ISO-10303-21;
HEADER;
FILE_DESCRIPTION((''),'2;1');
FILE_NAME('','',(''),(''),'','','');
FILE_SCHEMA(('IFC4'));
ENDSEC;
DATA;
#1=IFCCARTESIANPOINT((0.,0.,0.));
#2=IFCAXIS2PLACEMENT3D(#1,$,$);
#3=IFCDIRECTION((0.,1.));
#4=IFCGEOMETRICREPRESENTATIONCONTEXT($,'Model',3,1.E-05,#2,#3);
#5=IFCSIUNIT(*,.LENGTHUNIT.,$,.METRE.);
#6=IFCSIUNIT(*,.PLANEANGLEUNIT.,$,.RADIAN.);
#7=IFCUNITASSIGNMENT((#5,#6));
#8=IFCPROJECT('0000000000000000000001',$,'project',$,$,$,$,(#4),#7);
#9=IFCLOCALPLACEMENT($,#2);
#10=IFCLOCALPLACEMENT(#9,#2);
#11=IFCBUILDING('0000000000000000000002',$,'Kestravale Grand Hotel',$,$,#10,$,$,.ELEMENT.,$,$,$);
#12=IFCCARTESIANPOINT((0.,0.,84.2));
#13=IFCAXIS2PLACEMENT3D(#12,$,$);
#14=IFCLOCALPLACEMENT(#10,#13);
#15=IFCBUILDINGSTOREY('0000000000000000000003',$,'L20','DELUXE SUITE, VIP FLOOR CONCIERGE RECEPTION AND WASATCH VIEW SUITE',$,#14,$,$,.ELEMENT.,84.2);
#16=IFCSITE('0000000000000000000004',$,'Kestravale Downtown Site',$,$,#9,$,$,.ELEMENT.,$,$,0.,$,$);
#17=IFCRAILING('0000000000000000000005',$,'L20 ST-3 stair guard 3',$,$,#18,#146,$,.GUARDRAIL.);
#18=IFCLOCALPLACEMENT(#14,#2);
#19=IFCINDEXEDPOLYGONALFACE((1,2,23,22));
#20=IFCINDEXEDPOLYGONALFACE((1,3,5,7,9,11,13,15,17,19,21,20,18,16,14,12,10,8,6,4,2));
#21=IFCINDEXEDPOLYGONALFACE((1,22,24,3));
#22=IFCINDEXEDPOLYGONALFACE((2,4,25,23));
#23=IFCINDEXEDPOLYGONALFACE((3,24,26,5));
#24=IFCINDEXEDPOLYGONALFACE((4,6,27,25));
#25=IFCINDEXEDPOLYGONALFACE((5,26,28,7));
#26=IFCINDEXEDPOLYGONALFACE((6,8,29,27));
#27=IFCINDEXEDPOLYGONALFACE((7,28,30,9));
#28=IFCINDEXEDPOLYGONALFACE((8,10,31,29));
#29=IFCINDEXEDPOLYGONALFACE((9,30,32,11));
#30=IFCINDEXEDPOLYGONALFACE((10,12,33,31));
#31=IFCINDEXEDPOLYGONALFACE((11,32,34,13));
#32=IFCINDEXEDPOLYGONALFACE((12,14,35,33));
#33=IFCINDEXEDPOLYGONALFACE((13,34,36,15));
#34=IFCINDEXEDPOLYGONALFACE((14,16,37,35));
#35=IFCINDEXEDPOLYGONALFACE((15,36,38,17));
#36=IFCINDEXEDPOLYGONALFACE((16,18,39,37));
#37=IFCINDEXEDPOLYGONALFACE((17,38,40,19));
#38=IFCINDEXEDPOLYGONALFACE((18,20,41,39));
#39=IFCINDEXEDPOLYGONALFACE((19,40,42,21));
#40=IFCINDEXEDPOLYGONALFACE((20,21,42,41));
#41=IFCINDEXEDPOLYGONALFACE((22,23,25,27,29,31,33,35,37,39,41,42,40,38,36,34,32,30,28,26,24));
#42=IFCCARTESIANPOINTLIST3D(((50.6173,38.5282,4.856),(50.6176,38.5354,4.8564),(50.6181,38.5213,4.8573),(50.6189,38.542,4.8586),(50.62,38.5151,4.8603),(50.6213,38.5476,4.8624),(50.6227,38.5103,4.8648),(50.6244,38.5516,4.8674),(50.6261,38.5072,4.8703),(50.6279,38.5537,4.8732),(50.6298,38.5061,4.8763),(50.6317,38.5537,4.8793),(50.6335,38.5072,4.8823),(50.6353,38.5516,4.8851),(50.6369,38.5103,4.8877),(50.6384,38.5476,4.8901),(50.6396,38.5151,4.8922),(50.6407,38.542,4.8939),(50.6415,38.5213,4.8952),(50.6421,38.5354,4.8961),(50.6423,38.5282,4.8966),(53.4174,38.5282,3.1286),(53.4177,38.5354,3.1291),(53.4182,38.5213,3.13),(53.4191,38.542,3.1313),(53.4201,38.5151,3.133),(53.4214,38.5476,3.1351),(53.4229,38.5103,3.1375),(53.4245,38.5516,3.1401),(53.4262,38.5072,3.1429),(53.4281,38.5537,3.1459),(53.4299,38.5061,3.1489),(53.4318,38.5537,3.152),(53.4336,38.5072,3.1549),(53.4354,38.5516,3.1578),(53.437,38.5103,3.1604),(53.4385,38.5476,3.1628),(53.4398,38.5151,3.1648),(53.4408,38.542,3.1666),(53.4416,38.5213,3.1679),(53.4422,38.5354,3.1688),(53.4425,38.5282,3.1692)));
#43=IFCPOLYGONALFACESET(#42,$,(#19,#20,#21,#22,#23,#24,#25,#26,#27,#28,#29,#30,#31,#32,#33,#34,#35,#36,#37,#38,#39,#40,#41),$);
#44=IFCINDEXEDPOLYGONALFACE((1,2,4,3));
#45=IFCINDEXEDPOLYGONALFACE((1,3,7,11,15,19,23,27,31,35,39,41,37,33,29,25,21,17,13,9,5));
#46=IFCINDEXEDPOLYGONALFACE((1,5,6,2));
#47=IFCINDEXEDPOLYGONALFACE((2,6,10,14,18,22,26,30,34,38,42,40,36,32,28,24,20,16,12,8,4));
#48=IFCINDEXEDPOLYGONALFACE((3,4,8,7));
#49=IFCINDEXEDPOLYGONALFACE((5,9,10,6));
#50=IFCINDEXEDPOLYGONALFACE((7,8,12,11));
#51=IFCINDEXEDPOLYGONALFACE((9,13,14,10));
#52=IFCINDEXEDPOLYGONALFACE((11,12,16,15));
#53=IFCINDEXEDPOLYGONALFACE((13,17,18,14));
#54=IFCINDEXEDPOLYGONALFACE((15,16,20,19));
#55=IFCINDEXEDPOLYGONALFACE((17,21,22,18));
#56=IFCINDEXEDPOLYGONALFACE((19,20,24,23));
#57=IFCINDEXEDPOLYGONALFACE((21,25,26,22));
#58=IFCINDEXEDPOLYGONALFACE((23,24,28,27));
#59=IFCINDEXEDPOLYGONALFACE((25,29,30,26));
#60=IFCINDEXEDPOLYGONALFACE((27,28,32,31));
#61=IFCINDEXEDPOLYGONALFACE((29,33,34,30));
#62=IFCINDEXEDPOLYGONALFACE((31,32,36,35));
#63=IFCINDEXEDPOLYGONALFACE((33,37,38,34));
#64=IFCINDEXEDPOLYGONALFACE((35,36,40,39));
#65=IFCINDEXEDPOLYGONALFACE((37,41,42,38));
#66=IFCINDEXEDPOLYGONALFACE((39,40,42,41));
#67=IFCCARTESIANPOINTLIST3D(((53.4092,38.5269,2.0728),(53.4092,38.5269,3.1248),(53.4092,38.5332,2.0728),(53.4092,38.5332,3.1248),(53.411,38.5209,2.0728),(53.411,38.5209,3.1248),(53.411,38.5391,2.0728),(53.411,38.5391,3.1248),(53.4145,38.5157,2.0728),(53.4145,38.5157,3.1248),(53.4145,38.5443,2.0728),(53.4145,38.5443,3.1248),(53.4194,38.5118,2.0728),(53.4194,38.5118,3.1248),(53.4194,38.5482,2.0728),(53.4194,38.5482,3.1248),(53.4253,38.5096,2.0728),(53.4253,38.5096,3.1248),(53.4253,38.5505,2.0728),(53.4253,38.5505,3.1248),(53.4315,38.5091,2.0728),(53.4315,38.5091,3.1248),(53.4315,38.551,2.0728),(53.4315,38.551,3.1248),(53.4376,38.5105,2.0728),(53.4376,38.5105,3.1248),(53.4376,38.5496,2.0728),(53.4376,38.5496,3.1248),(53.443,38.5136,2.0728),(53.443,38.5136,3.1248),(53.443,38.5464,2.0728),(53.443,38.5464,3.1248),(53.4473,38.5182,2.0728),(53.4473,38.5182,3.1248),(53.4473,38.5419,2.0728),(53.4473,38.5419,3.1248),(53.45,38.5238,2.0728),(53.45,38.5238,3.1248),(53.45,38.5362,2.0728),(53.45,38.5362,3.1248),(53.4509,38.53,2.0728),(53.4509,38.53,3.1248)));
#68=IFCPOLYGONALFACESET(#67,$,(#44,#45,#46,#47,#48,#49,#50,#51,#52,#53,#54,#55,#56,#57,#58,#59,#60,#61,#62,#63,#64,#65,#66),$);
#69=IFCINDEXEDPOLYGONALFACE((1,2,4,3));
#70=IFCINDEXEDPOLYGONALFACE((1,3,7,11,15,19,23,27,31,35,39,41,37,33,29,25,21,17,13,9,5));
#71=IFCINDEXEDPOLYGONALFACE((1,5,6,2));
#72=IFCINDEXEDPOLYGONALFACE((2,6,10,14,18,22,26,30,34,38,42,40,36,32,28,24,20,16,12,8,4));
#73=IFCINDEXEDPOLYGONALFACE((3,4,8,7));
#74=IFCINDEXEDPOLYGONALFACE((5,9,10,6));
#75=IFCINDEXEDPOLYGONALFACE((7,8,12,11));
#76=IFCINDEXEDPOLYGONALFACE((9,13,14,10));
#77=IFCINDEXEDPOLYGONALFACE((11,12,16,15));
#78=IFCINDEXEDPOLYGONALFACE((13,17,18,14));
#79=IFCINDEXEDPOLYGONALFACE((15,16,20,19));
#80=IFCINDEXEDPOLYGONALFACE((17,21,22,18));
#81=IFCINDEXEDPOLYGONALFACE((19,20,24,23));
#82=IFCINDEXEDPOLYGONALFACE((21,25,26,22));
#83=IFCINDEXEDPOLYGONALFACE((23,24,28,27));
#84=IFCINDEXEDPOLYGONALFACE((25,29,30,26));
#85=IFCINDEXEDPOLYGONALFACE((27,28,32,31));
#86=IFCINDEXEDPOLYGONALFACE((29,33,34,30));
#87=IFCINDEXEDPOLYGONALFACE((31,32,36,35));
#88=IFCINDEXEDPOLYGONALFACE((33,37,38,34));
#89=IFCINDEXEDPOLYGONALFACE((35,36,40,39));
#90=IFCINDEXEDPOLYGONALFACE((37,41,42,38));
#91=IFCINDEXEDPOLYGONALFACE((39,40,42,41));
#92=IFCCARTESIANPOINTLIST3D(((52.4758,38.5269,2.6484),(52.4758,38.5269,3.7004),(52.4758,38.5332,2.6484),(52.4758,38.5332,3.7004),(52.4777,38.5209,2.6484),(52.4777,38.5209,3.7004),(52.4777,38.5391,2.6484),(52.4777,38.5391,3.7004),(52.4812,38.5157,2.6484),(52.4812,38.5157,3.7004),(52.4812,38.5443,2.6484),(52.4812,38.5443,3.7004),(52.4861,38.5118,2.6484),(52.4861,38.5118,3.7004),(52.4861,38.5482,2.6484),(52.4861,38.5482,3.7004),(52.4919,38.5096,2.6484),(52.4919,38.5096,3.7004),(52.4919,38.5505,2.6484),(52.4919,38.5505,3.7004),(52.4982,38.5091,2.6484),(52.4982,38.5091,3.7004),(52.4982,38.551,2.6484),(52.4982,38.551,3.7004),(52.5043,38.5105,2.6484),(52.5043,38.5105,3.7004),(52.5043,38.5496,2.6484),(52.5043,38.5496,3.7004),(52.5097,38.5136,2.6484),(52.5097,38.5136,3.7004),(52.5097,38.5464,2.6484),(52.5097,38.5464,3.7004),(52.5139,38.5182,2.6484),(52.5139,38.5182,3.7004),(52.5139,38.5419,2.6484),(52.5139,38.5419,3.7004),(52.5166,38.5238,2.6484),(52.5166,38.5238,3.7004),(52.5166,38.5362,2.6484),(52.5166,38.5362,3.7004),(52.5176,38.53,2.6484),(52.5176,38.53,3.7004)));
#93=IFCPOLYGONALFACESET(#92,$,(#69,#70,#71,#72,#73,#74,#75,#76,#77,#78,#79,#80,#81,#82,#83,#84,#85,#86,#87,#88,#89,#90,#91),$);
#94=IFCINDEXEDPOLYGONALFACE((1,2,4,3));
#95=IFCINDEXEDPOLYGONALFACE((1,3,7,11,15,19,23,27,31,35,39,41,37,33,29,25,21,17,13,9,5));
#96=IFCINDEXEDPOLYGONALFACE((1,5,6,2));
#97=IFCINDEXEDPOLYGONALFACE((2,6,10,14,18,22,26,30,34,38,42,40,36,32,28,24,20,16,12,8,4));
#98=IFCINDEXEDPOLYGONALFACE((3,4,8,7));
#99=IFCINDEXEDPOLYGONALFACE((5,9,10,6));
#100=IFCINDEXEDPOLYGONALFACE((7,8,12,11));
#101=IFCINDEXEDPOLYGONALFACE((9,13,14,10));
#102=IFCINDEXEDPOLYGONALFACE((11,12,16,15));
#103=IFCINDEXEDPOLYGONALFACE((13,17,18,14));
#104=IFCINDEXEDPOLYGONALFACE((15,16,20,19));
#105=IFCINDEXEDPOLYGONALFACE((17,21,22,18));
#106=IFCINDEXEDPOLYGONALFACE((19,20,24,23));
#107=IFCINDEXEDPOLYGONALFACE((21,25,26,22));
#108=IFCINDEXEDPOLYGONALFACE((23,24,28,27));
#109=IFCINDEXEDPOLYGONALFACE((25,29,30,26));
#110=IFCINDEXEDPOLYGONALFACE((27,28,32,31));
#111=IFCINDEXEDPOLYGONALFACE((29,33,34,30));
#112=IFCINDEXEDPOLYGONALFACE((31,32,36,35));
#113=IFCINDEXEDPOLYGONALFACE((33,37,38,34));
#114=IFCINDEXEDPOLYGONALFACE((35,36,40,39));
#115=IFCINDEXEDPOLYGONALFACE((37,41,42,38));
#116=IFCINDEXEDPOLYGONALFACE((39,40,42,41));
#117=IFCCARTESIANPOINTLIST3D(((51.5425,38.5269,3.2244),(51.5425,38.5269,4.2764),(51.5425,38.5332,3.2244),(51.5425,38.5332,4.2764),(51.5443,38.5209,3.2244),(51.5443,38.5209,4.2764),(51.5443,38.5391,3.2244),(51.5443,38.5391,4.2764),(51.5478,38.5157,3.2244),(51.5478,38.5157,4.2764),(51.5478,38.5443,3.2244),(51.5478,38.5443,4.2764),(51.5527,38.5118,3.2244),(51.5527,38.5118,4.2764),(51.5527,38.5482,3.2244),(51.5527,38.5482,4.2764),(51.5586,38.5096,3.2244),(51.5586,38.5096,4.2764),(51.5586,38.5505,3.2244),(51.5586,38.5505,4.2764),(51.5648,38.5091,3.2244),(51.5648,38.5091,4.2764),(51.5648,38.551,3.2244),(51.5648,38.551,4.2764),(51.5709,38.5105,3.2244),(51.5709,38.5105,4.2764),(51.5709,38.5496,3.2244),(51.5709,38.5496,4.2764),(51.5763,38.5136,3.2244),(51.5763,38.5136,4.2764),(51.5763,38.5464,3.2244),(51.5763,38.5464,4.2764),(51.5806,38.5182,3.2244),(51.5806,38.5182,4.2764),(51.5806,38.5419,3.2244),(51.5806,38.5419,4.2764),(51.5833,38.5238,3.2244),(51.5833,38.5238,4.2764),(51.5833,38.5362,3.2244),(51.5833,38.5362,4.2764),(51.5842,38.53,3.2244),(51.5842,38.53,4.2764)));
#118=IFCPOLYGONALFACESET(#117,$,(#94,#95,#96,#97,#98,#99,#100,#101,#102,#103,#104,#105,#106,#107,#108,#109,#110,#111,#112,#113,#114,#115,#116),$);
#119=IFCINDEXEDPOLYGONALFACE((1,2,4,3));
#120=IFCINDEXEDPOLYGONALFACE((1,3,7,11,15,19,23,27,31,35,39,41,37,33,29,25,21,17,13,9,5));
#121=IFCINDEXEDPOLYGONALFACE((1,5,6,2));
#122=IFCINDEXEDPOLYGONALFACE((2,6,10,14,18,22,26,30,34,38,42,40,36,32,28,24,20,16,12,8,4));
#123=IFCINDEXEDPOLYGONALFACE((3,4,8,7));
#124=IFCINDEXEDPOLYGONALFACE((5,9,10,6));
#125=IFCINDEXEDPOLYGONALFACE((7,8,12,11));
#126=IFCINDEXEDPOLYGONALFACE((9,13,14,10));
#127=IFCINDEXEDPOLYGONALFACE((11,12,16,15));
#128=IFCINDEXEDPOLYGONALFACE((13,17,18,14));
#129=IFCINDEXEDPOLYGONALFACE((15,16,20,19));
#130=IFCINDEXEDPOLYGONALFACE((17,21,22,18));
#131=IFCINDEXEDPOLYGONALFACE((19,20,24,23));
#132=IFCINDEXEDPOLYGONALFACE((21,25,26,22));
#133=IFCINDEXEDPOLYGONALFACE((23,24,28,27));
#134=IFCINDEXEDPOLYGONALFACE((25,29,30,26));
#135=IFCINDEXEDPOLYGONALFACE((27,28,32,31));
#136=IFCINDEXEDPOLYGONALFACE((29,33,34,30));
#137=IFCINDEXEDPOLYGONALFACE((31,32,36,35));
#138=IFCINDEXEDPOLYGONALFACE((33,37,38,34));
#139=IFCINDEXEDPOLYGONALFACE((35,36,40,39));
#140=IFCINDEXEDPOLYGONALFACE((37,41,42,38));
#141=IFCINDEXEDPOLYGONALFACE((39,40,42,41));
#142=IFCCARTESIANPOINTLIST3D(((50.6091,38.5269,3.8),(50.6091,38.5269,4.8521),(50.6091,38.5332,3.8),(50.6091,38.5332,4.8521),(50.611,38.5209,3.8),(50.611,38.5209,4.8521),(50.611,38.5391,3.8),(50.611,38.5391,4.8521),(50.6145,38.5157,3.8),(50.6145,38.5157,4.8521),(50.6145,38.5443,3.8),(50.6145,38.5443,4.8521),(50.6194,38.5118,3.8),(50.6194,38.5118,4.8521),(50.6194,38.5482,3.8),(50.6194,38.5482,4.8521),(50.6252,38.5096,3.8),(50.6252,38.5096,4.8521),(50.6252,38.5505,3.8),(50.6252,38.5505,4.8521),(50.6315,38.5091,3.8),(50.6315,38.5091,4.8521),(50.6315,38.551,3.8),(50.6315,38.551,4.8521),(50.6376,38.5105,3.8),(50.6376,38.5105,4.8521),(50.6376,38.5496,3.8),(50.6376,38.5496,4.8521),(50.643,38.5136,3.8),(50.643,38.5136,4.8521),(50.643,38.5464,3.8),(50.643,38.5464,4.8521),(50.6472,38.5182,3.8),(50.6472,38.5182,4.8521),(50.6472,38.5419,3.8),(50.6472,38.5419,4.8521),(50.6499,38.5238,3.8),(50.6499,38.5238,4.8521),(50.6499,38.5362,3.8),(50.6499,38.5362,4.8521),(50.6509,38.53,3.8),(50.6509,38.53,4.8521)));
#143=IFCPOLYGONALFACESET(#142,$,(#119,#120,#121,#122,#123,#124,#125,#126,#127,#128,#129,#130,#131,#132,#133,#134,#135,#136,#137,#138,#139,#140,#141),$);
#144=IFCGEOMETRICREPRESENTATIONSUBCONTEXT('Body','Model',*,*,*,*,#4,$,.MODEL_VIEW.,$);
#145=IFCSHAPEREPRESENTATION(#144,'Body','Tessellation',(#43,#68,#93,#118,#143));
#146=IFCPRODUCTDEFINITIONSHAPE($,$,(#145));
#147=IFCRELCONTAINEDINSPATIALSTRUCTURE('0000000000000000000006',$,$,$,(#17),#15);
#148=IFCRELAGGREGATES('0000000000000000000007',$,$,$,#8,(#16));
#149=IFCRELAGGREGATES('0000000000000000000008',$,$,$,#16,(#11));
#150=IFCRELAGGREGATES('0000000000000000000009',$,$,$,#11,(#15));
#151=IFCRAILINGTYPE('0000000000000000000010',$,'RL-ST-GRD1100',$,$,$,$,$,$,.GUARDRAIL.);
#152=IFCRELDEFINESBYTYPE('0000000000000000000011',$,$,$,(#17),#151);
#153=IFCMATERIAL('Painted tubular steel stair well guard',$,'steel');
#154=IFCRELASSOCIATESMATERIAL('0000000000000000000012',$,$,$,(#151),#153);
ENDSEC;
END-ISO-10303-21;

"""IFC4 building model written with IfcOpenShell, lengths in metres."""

from ifc_helpers import new_model, si_unit, direction, frame, origin, origin_2d, place, context, subcontext, project, spatial, circle, extrude, material, type_object, element, save


model = new_model("IFC4")

# Units and contexts
model_context = context("Model", 3, precision=1e-05, world=origin(), true_north=direction((0.0, 1.0)))
body_context = subcontext(model_context, "Body", "Model", "MODEL_VIEW")
ifc_project = project(units=[si_unit("LENGTHUNIT", "METRE"), si_unit("PLANEANGLEUNIT", "RADIAN")], contexts=[model_context])

# Site, building, storey
site_placement = place(None, origin())
site = spatial("IfcSite", under=ifc_project, at=site_placement, Name="Kestravale Downtown Site", CompositionType="ELEMENT", RefElevation=0.0)
building_placement = place(site_placement, origin())
building = spatial("IfcBuilding", under=site, at=building_placement, Name="Kestravale Grand Hotel", CompositionType="ELEMENT")
storey_placement = place(building_placement, frame((0.0, 0.0, 84.2)))
storey = spatial("IfcBuildingStorey", under=building, at=storey_placement, Name="L20", Description="DELUXE SUITE, VIP FLOOR CONCIERGE RECEPTION AND WASATCH VIEW SUITE", CompositionType="ELEMENT", Elevation=84.2)

# Railing
ifc_material_1 = material(Name="Painted tubular steel stair well guard", Category="steel")
railing_type_1 = type_object("IfcRailingType", Name="RL-ST-GRD1100", PredefinedType="GUARDRAIL", material=ifc_material_1)
railing_1_placement = place(storey_placement, frame((53.4299, 38.53, 2.0728)))
element("IfcRailing", 1, at=railing_1_placement, inside=storey, type_object=railing_type_1, Name="L20 ST-3 stair guard 3", PredefinedType="GUARDRAIL", context=body_context, shape_type="SweptSolid", body=[
    extrude(circle(Radius=0.0239, at=origin_2d()), frame((0.0, 0.0, 1.0762), z_axis=(-0.85109, 0.0, 0.52502), x_axis=(0.0, -1.0, 0.0)), (0.0, 0.0, 1.0), 3.29),
    extrude(circle(Radius=0.021, at=origin_2d()), origin(), (0.0, 0.0, 1.0), 1.052),
    extrude(circle(Radius=0.021, at=origin_2d()), frame((-0.9333, 0.0, 0.5757)), (0.0, 0.0, 1.0), 1.052),
    extrude(circle(Radius=0.021, at=origin_2d()), frame((-1.8667, 0.0, 1.1516)), (0.0, 0.0, 1.0), 1.052),
    extrude(circle(Radius=0.021, at=origin_2d()), frame((-2.8, 0.0, 1.7273)), (0.0, 0.0, 1.0), 1.052),
])

save(model, "model.ifc")
